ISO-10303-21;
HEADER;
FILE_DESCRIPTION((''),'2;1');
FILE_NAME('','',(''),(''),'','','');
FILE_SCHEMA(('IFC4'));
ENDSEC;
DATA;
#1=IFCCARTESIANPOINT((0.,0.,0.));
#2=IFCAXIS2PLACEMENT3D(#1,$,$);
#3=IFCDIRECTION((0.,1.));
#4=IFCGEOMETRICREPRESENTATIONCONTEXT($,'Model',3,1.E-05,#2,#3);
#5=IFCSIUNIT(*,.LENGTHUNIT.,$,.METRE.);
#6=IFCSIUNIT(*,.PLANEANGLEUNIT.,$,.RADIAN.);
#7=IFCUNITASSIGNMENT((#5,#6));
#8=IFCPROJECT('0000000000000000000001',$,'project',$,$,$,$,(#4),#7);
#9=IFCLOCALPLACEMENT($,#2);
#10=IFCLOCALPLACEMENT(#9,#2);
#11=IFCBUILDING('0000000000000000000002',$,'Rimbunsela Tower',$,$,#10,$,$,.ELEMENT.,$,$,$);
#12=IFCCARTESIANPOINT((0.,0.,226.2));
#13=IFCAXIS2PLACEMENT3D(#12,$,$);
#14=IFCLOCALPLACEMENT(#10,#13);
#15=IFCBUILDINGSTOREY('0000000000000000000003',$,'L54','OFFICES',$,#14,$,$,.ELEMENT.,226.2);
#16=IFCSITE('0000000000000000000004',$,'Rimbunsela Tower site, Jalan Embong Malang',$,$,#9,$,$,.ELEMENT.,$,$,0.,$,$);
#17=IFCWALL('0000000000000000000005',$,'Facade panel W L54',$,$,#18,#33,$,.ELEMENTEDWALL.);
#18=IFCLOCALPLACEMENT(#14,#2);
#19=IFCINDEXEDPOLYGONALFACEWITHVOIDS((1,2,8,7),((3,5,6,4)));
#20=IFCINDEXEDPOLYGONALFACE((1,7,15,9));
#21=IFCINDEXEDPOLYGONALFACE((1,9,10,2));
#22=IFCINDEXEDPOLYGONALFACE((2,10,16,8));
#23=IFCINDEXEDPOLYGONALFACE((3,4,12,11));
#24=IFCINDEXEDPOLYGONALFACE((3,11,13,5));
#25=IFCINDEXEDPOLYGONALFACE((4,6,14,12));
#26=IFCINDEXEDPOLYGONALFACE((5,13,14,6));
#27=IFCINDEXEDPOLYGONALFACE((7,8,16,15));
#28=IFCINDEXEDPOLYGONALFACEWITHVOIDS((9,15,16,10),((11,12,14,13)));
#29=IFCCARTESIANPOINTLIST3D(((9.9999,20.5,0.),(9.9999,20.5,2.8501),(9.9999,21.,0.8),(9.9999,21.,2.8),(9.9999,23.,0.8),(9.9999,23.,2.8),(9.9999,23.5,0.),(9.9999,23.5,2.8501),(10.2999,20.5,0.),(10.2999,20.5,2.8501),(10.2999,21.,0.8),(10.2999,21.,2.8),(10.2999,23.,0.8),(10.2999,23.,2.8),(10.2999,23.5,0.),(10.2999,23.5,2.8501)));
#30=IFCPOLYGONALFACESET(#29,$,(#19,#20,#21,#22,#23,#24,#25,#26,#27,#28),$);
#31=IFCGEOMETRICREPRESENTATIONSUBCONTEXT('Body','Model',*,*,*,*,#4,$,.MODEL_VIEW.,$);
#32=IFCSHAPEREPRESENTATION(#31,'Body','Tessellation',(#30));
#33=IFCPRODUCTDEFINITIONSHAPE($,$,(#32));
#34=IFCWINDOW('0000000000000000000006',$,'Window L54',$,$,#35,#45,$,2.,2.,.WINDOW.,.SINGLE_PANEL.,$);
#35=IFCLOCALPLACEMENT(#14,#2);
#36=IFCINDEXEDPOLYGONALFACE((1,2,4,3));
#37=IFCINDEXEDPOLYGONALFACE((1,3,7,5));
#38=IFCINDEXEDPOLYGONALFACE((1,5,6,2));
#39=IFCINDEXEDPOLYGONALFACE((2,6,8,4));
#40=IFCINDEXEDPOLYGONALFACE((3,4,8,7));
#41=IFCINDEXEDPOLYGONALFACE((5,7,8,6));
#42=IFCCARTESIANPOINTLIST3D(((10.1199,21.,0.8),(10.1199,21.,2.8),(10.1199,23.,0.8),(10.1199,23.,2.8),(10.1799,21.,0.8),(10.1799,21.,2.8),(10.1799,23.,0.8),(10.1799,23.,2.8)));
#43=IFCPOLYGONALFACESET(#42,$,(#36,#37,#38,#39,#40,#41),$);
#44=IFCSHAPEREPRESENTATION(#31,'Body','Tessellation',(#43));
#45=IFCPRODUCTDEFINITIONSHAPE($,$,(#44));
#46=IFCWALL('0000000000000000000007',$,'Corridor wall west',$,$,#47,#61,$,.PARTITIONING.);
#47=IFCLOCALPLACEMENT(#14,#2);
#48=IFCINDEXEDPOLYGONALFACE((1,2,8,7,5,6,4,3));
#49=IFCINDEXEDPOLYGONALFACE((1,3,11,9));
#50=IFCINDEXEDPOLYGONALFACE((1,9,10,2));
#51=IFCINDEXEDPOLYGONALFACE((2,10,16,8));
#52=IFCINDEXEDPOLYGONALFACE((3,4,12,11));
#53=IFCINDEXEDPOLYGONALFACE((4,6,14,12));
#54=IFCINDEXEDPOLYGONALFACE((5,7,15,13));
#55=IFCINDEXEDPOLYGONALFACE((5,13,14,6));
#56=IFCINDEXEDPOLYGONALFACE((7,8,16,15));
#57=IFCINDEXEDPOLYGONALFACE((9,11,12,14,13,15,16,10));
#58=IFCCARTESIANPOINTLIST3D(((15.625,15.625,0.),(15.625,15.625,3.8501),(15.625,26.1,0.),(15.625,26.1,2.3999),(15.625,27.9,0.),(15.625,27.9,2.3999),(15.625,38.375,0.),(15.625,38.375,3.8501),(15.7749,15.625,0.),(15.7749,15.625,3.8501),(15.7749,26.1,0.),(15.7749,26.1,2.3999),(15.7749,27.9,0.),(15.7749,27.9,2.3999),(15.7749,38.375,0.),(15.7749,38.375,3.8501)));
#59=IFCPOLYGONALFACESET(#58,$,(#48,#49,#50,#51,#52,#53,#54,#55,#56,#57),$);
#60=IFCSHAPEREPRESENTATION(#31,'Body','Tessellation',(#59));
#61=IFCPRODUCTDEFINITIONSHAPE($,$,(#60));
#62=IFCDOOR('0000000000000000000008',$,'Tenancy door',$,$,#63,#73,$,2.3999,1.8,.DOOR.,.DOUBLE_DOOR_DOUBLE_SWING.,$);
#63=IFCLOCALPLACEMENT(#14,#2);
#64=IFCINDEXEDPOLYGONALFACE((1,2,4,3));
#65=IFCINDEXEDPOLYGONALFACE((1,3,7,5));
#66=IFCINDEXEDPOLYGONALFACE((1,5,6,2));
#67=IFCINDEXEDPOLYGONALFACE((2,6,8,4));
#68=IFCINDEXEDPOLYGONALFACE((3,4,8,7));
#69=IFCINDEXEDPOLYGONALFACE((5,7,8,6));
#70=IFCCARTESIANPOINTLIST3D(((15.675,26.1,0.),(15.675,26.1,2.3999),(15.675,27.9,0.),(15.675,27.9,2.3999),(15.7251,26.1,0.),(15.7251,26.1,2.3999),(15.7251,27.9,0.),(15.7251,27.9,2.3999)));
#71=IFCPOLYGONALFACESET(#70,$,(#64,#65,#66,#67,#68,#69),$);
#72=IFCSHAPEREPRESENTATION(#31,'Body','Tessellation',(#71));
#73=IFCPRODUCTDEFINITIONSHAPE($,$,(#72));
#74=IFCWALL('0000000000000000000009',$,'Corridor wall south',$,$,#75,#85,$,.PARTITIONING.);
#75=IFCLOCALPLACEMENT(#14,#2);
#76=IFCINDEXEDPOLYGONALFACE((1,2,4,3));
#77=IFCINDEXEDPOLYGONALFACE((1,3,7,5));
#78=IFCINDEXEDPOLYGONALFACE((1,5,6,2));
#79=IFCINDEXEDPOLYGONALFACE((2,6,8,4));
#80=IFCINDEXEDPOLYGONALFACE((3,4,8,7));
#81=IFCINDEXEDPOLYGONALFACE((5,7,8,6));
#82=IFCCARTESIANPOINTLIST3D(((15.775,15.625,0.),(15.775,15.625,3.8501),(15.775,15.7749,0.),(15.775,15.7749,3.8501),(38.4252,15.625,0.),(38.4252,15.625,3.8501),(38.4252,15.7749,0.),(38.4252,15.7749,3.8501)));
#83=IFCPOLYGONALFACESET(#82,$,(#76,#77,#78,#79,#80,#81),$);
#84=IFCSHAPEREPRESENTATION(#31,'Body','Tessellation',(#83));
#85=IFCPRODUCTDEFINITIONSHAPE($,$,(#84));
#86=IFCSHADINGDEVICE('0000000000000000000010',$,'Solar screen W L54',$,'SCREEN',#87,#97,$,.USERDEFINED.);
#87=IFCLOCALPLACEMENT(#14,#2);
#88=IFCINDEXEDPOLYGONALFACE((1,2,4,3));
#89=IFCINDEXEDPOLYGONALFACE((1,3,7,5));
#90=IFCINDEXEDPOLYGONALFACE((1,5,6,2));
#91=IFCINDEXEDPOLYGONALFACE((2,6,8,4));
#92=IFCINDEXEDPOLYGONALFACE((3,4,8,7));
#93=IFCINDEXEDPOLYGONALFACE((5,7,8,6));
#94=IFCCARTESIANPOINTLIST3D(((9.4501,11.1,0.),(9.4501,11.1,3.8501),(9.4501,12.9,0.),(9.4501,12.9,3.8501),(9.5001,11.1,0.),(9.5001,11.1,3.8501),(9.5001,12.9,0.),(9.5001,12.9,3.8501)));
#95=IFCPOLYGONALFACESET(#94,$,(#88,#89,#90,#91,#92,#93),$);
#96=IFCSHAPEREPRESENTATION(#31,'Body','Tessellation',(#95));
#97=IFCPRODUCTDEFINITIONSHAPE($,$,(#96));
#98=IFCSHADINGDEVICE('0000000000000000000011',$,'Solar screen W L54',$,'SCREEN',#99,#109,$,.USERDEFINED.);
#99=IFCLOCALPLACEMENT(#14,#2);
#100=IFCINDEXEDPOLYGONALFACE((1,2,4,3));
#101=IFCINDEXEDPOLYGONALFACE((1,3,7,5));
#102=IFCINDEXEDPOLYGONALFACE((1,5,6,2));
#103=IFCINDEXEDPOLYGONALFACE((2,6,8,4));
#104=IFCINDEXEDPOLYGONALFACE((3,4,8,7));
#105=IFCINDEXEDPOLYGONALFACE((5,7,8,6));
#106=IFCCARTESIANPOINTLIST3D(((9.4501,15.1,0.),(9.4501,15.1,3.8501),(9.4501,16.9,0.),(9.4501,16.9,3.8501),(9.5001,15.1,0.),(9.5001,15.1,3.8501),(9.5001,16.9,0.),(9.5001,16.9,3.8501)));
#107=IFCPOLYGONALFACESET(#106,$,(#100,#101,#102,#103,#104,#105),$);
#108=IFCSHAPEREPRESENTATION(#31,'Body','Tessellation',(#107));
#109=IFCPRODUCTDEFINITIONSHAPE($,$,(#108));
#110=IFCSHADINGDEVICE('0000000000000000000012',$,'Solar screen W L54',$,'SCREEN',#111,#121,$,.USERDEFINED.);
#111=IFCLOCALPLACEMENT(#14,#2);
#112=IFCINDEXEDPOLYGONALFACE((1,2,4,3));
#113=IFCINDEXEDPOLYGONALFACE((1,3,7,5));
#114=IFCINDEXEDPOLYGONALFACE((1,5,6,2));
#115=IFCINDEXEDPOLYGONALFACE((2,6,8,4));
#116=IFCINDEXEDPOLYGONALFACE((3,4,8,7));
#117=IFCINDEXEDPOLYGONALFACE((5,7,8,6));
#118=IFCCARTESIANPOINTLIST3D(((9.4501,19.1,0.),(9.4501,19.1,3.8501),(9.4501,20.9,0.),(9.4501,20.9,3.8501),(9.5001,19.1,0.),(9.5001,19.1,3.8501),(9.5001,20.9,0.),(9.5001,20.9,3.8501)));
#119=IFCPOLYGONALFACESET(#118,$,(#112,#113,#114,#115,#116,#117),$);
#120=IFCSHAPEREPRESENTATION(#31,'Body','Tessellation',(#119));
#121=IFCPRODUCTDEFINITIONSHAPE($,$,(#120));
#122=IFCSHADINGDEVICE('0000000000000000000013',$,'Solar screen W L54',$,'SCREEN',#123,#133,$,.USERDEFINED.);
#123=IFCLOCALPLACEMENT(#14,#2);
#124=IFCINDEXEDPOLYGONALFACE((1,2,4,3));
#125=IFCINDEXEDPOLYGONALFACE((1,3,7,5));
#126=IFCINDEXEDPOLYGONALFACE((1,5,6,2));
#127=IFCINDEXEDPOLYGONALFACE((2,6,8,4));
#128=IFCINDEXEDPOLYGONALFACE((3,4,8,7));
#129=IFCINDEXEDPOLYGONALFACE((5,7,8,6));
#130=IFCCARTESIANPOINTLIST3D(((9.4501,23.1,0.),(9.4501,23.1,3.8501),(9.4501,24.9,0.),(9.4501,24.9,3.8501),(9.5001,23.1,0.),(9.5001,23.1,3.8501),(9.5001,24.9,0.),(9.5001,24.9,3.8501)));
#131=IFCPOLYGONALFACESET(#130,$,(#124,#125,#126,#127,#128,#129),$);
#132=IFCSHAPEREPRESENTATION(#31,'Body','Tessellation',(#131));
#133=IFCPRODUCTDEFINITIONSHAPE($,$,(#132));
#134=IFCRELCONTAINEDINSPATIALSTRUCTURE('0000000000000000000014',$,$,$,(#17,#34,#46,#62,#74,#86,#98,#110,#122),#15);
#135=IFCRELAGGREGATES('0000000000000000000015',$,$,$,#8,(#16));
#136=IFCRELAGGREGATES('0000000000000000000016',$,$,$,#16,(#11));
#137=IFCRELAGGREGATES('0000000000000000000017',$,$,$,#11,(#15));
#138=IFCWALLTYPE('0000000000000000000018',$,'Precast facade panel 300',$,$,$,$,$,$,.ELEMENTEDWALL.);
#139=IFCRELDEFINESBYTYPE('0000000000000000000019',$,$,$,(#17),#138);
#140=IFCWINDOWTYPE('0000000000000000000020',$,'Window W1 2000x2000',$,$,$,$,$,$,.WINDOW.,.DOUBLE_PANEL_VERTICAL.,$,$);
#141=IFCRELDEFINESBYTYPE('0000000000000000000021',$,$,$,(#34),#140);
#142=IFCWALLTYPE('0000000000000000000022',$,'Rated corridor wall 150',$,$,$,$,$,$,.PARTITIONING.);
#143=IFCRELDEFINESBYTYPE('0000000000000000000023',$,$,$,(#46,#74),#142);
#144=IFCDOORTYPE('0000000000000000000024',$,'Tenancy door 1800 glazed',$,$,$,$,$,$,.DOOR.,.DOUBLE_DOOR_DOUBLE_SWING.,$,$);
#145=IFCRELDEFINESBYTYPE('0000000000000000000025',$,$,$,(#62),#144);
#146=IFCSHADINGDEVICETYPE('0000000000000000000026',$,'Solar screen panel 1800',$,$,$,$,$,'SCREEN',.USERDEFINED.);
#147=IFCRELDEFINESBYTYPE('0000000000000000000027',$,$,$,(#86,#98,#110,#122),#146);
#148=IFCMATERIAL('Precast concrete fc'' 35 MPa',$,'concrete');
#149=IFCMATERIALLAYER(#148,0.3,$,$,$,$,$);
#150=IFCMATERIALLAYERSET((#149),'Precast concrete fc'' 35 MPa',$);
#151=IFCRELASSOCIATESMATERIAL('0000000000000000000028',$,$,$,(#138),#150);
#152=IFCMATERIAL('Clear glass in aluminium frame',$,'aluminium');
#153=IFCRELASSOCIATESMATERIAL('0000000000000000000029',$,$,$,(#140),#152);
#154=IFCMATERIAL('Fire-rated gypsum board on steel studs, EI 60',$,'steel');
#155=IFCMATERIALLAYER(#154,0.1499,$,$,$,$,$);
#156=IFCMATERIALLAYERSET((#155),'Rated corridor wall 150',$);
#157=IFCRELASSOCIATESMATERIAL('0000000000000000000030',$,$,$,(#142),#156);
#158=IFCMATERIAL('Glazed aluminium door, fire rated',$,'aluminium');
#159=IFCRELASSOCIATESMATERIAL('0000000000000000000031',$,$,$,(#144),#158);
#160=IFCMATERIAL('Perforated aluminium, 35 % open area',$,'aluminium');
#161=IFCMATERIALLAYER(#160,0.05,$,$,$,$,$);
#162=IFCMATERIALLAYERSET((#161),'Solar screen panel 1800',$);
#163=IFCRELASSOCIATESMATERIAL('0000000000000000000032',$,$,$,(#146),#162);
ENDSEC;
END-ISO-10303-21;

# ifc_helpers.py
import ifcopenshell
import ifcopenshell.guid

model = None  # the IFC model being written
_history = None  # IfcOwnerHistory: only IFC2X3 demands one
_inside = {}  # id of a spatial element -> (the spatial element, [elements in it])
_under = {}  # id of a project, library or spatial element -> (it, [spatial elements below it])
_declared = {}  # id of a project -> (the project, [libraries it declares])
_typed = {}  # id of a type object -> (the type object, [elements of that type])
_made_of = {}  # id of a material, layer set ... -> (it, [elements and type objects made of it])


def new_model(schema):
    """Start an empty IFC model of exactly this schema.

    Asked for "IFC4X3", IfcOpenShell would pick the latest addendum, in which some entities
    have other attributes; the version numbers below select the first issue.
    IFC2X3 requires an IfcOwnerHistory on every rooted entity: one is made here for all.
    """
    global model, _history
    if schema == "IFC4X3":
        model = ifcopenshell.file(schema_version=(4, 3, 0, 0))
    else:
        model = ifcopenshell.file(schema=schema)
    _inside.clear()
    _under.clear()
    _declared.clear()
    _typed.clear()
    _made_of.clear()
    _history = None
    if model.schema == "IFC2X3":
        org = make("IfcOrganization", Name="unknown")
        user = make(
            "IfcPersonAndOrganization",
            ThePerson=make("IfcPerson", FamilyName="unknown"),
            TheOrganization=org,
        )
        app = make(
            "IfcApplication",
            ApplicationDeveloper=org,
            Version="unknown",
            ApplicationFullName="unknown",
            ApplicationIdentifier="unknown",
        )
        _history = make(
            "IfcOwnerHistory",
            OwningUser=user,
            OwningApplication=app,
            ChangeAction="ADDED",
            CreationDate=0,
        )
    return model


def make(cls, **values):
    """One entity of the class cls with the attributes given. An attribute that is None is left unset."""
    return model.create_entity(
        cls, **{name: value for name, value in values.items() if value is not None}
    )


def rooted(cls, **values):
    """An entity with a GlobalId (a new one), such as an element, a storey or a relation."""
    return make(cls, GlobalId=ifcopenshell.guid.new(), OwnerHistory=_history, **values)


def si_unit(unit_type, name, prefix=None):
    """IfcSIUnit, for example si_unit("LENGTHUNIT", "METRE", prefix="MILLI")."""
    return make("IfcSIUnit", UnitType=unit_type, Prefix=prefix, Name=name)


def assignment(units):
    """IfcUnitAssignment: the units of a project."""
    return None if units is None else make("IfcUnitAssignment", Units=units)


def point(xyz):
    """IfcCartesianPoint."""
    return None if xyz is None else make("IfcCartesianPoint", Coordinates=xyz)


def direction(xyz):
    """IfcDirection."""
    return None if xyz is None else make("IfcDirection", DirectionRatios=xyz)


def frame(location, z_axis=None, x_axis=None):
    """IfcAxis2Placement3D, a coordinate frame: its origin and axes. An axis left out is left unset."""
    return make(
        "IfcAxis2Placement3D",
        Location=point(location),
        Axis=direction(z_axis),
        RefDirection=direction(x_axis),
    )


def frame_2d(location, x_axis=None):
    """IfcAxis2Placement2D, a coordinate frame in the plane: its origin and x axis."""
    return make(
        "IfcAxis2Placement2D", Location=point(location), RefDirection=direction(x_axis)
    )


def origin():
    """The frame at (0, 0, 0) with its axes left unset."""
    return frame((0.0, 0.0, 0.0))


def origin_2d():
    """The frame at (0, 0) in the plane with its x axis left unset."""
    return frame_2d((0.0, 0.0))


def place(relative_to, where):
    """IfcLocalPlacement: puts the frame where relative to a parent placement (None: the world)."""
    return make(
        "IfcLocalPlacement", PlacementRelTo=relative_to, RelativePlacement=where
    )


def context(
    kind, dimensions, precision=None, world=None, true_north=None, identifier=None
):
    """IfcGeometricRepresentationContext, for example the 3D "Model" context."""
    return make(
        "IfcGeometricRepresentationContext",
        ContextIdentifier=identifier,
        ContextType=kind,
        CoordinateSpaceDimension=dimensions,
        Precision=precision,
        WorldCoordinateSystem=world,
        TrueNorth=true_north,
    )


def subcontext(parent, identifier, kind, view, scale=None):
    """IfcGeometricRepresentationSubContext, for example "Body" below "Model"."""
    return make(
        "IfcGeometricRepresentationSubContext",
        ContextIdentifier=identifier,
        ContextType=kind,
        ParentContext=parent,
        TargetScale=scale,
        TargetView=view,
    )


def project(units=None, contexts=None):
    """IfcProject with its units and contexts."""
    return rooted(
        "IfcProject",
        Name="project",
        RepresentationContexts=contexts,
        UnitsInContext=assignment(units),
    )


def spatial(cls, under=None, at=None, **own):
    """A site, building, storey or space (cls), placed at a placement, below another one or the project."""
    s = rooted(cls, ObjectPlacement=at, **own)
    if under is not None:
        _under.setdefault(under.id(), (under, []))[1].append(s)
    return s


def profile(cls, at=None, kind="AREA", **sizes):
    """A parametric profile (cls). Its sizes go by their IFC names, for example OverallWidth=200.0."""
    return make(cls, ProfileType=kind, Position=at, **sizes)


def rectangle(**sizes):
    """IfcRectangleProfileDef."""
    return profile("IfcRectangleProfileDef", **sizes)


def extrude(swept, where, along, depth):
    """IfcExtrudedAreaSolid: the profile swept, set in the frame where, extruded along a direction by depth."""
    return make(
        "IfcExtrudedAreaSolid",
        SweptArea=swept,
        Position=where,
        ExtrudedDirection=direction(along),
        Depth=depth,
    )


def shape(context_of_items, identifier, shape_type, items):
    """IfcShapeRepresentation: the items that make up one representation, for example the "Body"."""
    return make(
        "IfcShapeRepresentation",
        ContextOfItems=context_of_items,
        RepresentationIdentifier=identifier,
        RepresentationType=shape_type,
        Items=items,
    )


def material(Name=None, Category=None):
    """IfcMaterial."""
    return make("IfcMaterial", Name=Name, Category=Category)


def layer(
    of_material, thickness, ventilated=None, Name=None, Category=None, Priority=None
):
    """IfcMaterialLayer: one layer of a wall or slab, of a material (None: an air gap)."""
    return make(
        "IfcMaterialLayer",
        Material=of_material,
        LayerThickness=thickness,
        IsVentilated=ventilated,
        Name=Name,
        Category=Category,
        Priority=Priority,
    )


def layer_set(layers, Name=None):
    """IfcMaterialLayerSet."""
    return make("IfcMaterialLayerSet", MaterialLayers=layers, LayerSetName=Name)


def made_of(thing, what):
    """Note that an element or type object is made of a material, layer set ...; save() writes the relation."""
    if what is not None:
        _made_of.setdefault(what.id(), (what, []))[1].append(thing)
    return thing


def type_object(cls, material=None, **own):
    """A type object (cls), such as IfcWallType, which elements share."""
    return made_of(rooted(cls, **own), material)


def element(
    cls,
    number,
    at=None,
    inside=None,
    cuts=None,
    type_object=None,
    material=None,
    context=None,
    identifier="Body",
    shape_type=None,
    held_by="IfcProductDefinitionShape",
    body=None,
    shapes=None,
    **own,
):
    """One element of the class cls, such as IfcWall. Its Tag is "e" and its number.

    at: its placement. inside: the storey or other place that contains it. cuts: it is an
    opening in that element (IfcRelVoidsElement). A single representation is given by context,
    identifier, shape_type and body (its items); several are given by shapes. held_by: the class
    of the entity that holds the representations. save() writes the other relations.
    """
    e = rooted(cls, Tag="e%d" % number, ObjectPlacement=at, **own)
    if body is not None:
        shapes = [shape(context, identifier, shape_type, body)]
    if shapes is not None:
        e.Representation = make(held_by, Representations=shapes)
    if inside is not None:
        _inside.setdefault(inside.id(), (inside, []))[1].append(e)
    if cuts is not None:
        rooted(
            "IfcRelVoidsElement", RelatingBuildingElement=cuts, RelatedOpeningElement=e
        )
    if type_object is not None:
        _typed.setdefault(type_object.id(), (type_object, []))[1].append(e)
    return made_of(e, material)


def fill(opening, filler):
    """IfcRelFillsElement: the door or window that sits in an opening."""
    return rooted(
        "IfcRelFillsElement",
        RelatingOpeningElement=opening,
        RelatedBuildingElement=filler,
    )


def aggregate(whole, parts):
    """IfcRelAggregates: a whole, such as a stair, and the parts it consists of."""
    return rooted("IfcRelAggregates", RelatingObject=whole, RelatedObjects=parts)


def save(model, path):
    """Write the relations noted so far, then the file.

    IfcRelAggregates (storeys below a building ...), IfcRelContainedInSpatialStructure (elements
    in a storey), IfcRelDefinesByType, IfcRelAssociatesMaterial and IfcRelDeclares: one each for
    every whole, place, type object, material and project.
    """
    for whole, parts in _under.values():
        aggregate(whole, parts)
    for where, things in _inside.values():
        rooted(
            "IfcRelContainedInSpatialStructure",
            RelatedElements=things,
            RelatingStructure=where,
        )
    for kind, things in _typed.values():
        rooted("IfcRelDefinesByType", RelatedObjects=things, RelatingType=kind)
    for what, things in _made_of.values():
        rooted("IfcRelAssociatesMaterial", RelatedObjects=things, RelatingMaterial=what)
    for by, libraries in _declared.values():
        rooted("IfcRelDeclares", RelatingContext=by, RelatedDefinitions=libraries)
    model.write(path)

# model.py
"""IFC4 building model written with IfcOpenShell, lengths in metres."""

from ifc_helpers import new_model, si_unit, direction, frame, frame_2d, origin, origin_2d, place, context, subcontext, project, spatial, rectangle, extrude, material, layer, layer_set, type_object, element, fill, save


model = new_model("IFC4")

# Units and contexts
model_context = context("Model", 3, precision=1e-05, world=origin(), true_north=direction((0.0, 1.0)))
body_context = subcontext(model_context, "Body", "Model", "MODEL_VIEW")
ifc_project = project(units=[si_unit("LENGTHUNIT", "METRE"), si_unit("PLANEANGLEUNIT", "RADIAN")], contexts=[model_context])

# Site, building, storey
site_placement = place(None, origin())
site = spatial("IfcSite", under=ifc_project, at=site_placement, Name="Rimbunsela Tower site, Jalan Embong Malang", CompositionType="ELEMENT", RefElevation=0.0)
building_placement = place(site_placement, origin())
building = spatial("IfcBuilding", under=site, at=building_placement, Name="Rimbunsela Tower", CompositionType="ELEMENT")
storey_placement = place(building_placement, frame((0.0, 0.0, 226.2)))
storey = spatial("IfcBuildingStorey", under=building, at=storey_placement, Name="L54", Description="OFFICES", CompositionType="ELEMENT", Elevation=226.2)

# Shared definitions
ifc_material_1 = material(Name="Precast concrete fc' 35 MPa", Category="concrete")
ifc_layer_1 = layer(ifc_material_1, 0.3)
ifc_layer_set_1 = layer_set([ifc_layer_1], Name="Precast concrete fc' 35 MPa")
wall_type_1 = type_object("IfcWallType", Name="Precast facade panel 300", PredefinedType="ELEMENTEDWALL", material=ifc_layer_set_1)

# Wall, opening, window
ifc_material_2 = material(Name="Clear glass in aluminium frame", Category="aluminium")
window_type = type_object("IfcWindowType", Name="Window W1 2000x2000", PartitioningType="DOUBLE_PANEL_VERTICAL", PredefinedType="WINDOW", material=ifc_material_2)
wall_1_placement = place(storey_placement, frame((10.1499, 23.5, 0.0), z_axis=(0.0, 0.0, 1.0), x_axis=(0.0, -1.0, 0.0)))
wall_1 = element("IfcWall", 1, at=wall_1_placement, inside=storey, type_object=wall_type_1, Name="Facade panel W L54", PredefinedType="ELEMENTEDWALL", context=body_context, shape_type="SweptSolid", body=[
    extrude(rectangle(XDim=3.0, YDim=0.3, at=frame_2d((1.5, 0.0))), origin(), (0.0, 0.0, 1.0), 2.8501),
])
opening_1_placement = place(wall_1_placement, frame((0.5, 0.0, 0.8)))
opening_1 = element("IfcOpeningElement", 2, at=opening_1_placement, cuts=wall_1, PredefinedType="OPENING", context=body_context, shape_type="SweptSolid", body=[
    extrude(rectangle(XDim=2.0, YDim=2.0, at=frame_2d((1.0, 1.0))), frame((0.0, 0.1599, 0.0), z_axis=(0.0, -1.0, 0.0), x_axis=(1.0, 0.0, 0.0)), (0.0, 0.0, 1.0), 0.3201),
])
window_1_placement = place(opening_1_placement, origin())
window_1 = element("IfcWindow", 3, at=window_1_placement, inside=storey, type_object=window_type, Name="Window L54", OverallHeight=2.0, OverallWidth=2.0, PartitioningType="SINGLE_PANEL", PredefinedType="WINDOW", context=body_context, shape_type="SweptSolid", body=[
    extrude(rectangle(XDim=2.0, YDim=2.0, at=frame_2d((1.0, 1.0))), frame((0.0, 0.03, 0.0), z_axis=(0.0, -1.0, 0.0), x_axis=(1.0, 0.0, 0.0)), (0.0, 0.0, 1.0), 0.0601),
])
fill(opening_1, window_1)

# Wall, opening, door
ifc_material_3 = material(Name="Fire-rated gypsum board on steel studs, EI 60", Category="steel")
ifc_layer_2 = layer(ifc_material_3, 0.1499)
ifc_layer_set_2 = layer_set([ifc_layer_2], Name="Rated corridor wall 150")
wall_type_2 = type_object("IfcWallType", Name="Rated corridor wall 150", PredefinedType="PARTITIONING", material=ifc_layer_set_2)
wall_2_placement = place(storey_placement, frame((15.7, 15.625, 0.0), z_axis=(0.0, 0.0, 1.0), x_axis=(0.0, 1.0, 0.0)))
wall_2 = element("IfcWall", 4, at=wall_2_placement, inside=storey, type_object=wall_type_2, Name="Corridor wall west", PredefinedType="PARTITIONING", context=body_context, shape_type="SweptSolid", body=[
    extrude(rectangle(XDim=22.75, YDim=0.1499, at=frame_2d((11.375, 0.0))), origin(), (0.0, 0.0, 1.0), 3.8501),
])
opening_2_placement = place(wall_2_placement, frame((10.4751, 0.0, 0.0)))
opening_2 = element("IfcOpeningElement", 5, at=opening_2_placement, cuts=wall_2, PredefinedType="OPENING", context=body_context, shape_type="SweptSolid", body=[
    extrude(rectangle(XDim=1.8, YDim=2.3999, at=frame_2d((0.8999, 1.2))), frame((0.0, 0.085, 0.0), z_axis=(0.0, -1.0, 0.0), x_axis=(1.0, 0.0, 0.0)), (0.0, 0.0, 1.0), 0.1699),
])
ifc_material_4 = material(Name="Glazed aluminium door, fire rated", Category="aluminium")
door_type_1 = type_object("IfcDoorType", Name="Tenancy door 1800 glazed", OperationType="DOUBLE_DOOR_DOUBLE_SWING", PredefinedType="DOOR", material=ifc_material_4)
door_1_placement = place(opening_2_placement, origin())
door_1 = element("IfcDoor", 6, at=door_1_placement, inside=storey, type_object=door_type_1, Name="Tenancy door", OperationType="DOUBLE_DOOR_DOUBLE_SWING", OverallHeight=2.3999, OverallWidth=1.8, PredefinedType="DOOR", context=body_context, shape_type="SweptSolid", body=[
    extrude(rectangle(XDim=1.8, YDim=2.3999, at=frame_2d((0.8999, 1.2))), frame((0.0, 0.0249, 0.0), z_axis=(0.0, -1.0, 0.0), x_axis=(1.0, 0.0, 0.0)), (0.0, 0.0, 1.0), 0.05),
])
fill(opening_2, door_1)

# Wall
wall_3_placement = place(storey_placement, frame((15.7749, 15.7, 0.0), z_axis=(0.0, 0.0, 1.0), x_axis=(1.0, 0.0, 0.0)))
element("IfcWall", 7, at=wall_3_placement, inside=storey, type_object=wall_type_2, Name="Corridor wall south", PredefinedType="PARTITIONING", context=body_context, shape_type="SweptSolid", body=[
    extrude(rectangle(XDim=22.6501, YDim=0.1499, at=frame_2d((11.3252, 0.0))), origin(), (0.0, 0.0, 1.0), 3.8501),
])

# Shading devices
ifc_material_5 = material(Name="Perforated aluminium, 35 % open area", Category="aluminium")
ifc_layer_3 = layer(ifc_material_5, 0.05)
ifc_layer_set_3 = layer_set([ifc_layer_3], Name="Solar screen panel 1800")
shading_device_type = type_object("IfcShadingDeviceType", Name="Solar screen panel 1800", ElementType="SCREEN", PredefinedType="USERDEFINED", material=ifc_layer_set_3)
for number, where, z_axis, x_axis, name in (
    (8, (9.4751, 12.0, 0.0), (0.0, 0.0, 1.0), (0.0, 1.0, 0.0), "Solar screen W L54"),
    (9, (9.4751, 16.0, 0.0), (0.0, 0.0, 1.0), (0.0, 1.0, 0.0), "Solar screen W L54"),
    (10, (9.4751, 20.0, 0.0), (0.0, 0.0, 1.0), (0.0, 1.0, 0.0), "Solar screen W L54"),
    (11, (9.4751, 24.0, 0.0), (0.0, 0.0, 1.0), (0.0, 1.0, 0.0), "Solar screen W L54"),
):
    element("IfcShadingDevice", number, at=place(storey_placement, frame(where, z_axis=z_axis, x_axis=x_axis)), inside=storey, type_object=shading_device_type, Name=name, ObjectType="SCREEN", PredefinedType="USERDEFINED", context=body_context, shape_type="SweptSolid", body=[
        extrude(rectangle(XDim=1.8, YDim=0.05, at=origin_2d()), origin(), (0.0, 0.0, 1.0), 3.8501),
    ])

save(model, "model.ifc")
